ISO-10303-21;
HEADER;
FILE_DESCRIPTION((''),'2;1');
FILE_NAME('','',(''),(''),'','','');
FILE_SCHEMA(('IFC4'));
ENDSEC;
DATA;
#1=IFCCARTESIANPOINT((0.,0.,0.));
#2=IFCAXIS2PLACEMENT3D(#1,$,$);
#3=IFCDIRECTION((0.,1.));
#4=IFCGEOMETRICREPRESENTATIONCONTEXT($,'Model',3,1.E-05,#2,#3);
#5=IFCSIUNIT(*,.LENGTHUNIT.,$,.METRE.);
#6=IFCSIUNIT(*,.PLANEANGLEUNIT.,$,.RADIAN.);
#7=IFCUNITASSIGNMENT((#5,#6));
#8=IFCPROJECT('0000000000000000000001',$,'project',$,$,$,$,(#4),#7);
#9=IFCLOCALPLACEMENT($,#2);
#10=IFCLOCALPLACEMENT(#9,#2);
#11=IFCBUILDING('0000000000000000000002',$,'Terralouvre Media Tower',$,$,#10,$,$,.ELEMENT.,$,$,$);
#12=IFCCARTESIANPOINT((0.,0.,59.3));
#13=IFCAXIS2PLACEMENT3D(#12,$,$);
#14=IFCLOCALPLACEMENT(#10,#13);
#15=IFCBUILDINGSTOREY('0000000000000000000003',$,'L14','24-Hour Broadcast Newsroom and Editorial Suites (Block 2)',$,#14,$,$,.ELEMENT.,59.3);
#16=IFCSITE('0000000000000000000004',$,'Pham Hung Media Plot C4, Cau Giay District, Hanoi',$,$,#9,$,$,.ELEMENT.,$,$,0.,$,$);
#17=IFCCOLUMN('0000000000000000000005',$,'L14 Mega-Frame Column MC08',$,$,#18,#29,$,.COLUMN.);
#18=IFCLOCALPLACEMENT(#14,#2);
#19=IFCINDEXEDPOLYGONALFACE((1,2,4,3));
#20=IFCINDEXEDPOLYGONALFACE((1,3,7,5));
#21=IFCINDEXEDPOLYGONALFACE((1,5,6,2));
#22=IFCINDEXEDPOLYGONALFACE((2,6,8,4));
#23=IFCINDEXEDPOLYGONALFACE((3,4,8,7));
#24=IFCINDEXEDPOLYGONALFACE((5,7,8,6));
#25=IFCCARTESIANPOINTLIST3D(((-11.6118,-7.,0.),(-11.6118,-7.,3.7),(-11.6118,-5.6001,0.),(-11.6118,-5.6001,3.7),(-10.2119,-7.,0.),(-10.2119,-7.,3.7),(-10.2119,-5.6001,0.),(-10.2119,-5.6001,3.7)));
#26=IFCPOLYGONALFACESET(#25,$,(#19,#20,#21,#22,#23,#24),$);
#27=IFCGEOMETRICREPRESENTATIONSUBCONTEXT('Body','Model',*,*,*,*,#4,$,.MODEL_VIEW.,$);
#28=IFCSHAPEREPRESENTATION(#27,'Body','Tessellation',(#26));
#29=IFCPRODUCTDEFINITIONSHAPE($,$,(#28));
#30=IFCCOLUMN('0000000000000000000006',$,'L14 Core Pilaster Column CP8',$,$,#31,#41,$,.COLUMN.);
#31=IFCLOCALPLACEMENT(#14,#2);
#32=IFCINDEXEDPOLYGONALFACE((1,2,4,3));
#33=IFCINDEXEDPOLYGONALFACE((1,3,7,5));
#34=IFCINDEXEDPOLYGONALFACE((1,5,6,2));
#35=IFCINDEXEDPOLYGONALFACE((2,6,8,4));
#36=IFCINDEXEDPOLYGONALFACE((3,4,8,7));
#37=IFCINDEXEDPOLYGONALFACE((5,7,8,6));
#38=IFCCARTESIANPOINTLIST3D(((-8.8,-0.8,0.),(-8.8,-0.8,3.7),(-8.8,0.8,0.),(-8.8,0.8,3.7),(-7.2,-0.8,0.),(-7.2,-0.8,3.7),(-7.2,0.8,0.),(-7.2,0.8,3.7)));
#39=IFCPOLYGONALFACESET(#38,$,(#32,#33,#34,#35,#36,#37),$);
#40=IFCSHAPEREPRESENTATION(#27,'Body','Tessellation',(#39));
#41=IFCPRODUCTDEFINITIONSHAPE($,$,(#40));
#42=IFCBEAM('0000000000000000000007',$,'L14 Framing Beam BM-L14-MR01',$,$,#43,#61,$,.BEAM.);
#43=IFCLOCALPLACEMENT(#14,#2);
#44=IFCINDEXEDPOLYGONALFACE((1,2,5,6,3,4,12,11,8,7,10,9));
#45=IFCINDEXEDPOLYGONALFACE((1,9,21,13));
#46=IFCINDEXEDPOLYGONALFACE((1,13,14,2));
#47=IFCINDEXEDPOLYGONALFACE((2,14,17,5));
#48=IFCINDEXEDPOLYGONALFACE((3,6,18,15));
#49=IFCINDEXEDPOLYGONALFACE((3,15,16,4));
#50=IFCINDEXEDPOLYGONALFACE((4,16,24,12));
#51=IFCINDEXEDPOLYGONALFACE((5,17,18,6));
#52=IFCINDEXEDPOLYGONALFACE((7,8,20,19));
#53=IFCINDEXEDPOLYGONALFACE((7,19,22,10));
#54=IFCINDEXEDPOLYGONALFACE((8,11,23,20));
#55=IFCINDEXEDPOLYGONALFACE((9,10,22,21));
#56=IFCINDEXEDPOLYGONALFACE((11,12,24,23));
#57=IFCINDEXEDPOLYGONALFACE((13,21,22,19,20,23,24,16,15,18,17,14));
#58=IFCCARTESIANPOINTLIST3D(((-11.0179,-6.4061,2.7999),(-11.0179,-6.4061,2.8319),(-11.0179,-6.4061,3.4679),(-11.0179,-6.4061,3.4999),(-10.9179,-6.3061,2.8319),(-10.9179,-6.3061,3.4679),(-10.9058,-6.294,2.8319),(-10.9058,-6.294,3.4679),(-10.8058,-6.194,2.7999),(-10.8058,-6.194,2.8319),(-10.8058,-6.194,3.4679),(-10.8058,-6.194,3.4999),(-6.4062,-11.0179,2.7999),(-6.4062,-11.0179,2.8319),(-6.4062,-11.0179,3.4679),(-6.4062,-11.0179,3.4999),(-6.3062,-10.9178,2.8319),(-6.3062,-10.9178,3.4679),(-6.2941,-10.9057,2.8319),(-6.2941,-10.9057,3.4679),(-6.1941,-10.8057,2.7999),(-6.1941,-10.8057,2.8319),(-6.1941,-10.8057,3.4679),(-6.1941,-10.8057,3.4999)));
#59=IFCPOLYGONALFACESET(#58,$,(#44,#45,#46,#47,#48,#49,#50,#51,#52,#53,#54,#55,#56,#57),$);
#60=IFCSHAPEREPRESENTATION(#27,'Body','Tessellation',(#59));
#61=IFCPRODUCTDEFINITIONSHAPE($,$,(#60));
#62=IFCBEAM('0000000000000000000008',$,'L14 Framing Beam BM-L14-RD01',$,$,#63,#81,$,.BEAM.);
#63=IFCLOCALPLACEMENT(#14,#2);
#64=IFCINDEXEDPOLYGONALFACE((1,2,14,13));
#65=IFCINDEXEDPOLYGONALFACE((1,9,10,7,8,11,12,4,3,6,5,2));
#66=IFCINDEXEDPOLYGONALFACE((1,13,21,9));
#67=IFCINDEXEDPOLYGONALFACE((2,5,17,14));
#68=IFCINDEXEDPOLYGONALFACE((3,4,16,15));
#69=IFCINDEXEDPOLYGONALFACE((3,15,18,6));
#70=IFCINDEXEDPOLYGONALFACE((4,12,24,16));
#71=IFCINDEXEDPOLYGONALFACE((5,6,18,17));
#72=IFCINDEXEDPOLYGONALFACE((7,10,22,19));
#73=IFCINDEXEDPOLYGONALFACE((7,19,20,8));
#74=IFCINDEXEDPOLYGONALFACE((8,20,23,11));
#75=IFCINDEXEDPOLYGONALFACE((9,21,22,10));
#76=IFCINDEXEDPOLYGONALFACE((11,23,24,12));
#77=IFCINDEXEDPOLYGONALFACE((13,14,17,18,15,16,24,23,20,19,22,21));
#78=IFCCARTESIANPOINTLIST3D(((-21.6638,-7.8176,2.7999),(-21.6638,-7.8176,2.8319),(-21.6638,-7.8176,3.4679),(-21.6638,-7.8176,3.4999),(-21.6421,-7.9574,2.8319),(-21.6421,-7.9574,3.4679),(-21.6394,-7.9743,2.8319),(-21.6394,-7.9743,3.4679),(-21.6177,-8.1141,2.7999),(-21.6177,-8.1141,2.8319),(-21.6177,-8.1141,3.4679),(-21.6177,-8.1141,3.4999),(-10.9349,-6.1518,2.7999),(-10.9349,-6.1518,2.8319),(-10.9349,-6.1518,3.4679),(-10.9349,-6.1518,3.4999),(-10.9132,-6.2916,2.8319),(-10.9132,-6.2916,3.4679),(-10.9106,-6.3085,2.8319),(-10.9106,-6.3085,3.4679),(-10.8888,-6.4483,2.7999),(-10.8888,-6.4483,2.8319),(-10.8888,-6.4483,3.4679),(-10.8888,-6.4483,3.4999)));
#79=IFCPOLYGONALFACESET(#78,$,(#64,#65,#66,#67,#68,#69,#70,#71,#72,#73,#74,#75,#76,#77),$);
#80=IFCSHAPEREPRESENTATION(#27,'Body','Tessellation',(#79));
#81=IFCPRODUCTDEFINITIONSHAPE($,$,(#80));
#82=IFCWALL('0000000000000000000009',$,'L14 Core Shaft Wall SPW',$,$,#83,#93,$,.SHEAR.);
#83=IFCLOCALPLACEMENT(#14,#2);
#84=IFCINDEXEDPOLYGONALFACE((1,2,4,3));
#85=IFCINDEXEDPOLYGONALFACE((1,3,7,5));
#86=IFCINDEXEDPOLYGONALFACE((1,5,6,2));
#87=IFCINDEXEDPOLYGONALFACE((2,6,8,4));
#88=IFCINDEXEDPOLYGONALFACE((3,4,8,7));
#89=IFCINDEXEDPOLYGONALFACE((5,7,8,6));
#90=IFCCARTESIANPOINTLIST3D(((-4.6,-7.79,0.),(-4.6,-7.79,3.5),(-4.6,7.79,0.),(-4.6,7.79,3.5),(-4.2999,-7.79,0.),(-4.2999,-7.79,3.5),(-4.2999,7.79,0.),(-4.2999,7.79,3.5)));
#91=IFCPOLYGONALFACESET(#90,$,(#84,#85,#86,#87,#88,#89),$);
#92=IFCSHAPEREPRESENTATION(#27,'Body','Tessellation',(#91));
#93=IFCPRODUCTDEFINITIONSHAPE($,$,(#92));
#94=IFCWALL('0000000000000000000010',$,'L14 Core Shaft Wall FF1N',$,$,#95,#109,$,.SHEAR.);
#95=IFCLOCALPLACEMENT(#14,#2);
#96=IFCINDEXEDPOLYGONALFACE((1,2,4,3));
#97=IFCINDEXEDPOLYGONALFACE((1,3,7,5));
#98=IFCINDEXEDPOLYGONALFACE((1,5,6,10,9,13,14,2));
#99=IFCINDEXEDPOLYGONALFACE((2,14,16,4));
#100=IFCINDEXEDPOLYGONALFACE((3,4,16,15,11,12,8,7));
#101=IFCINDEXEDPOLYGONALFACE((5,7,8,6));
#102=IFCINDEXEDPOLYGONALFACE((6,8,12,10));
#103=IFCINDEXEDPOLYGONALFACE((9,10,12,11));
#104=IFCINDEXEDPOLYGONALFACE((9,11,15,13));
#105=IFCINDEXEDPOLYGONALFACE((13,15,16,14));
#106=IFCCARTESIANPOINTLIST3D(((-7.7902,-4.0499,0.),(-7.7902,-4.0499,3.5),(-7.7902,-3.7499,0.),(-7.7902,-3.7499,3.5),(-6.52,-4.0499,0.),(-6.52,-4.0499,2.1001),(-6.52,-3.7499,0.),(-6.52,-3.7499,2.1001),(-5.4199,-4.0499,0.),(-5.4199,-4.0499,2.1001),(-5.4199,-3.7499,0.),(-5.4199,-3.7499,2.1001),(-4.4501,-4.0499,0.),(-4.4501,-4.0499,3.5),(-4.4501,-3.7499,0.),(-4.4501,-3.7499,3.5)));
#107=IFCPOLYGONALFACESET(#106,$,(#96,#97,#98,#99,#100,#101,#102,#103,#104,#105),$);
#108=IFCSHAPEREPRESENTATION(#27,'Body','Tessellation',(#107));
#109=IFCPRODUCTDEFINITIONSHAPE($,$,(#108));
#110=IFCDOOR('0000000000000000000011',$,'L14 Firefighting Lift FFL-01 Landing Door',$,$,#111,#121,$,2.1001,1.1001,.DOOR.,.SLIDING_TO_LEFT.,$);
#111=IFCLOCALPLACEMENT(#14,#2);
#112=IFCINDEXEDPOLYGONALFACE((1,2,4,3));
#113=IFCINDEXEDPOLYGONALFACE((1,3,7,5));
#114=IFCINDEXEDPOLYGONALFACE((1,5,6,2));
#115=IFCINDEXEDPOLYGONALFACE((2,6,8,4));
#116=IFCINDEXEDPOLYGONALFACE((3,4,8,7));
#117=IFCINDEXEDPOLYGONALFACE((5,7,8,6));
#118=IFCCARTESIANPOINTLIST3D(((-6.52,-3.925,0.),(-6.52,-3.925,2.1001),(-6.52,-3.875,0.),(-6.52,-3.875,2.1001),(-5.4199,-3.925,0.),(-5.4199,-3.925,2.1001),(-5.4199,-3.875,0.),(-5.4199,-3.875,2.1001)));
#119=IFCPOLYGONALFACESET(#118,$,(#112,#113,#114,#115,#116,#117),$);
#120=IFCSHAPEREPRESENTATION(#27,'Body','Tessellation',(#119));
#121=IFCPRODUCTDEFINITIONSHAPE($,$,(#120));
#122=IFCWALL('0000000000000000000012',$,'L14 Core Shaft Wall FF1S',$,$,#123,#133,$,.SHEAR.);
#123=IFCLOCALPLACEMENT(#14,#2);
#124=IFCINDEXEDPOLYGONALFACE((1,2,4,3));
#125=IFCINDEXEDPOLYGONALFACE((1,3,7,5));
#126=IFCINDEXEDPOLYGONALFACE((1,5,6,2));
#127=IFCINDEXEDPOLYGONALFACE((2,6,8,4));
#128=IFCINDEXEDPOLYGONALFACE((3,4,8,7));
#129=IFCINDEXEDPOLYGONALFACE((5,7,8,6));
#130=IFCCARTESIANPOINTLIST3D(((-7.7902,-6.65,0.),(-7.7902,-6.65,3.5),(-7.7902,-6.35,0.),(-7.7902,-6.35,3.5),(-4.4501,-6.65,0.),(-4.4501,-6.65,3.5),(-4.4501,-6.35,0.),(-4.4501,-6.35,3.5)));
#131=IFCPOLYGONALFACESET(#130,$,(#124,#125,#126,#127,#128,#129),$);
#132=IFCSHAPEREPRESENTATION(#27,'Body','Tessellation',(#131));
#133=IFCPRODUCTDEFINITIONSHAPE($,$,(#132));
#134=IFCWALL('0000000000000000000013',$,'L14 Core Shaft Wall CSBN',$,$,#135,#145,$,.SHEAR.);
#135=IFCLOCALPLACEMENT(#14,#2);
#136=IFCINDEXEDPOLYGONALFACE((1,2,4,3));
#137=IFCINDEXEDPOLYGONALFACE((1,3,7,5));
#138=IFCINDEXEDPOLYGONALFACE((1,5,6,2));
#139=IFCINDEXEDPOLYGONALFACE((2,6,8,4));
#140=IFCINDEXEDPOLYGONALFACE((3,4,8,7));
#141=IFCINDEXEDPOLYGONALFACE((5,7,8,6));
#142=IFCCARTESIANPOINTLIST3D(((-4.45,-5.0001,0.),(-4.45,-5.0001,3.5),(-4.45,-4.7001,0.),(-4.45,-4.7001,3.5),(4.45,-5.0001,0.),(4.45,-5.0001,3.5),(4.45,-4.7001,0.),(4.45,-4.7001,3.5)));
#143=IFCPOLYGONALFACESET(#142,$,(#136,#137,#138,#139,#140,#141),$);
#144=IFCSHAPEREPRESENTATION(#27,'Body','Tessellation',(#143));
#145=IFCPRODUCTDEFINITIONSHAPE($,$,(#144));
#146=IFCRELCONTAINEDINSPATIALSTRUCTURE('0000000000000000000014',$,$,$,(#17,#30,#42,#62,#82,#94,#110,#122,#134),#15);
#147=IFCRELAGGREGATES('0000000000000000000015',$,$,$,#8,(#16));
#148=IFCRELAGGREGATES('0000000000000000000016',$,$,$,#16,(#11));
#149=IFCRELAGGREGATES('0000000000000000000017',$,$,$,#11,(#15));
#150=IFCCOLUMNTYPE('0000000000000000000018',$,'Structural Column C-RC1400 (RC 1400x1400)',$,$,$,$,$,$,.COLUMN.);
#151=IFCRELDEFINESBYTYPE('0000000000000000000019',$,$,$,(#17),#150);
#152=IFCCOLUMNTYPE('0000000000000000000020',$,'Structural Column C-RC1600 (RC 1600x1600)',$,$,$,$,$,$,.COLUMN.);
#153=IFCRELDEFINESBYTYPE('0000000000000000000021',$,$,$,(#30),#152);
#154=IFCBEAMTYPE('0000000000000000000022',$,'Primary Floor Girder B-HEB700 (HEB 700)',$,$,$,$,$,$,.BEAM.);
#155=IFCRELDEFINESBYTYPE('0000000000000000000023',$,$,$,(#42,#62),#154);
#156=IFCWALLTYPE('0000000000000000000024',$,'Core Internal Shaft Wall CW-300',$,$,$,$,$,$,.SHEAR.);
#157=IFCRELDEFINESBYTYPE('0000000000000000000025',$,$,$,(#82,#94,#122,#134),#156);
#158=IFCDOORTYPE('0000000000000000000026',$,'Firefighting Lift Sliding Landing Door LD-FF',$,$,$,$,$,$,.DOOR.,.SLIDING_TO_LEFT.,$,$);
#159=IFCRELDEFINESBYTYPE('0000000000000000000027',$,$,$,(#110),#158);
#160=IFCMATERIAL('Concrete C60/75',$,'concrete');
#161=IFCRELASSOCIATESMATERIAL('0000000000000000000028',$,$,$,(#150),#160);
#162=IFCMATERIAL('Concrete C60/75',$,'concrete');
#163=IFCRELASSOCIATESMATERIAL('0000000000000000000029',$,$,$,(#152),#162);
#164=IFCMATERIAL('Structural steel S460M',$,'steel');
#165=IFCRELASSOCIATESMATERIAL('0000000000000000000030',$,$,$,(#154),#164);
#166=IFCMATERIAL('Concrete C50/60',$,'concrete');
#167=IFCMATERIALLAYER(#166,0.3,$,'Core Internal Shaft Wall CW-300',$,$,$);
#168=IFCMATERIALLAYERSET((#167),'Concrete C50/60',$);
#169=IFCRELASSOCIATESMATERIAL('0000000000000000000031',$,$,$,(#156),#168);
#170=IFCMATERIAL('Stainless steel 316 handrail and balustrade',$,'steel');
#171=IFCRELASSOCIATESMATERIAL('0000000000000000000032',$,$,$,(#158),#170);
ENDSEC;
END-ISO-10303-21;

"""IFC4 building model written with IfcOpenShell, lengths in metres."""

from ifc_helpers import new_model, si_unit, direction, frame, frame_2d, origin, origin_2d, place, context, subcontext, project, spatial, rectangle, i_section, extrude, material, layer, layer_set, material_profile, profile_set, type_object, element, fill, save


model = new_model("IFC4")

# Units and contexts
model_context = context("Model", 3, precision=1e-05, world=origin(), true_north=direction((0.0, 1.0)))
body_context = subcontext(model_context, "Body", "Model", "MODEL_VIEW")
ifc_project = project(units=[si_unit("LENGTHUNIT", "METRE"), si_unit("PLANEANGLEUNIT", "RADIAN")], contexts=[model_context])

# Site, building, storey
site_placement = place(None, origin())
site = spatial("IfcSite", under=ifc_project, at=site_placement, Name="Pham Hung Media Plot C4, Cau Giay District, Hanoi", CompositionType="ELEMENT", RefElevation=0.0)
building_placement = place(site_placement, origin())
building = spatial("IfcBuilding", under=site, at=building_placement, Name="Terralouvre Media Tower", CompositionType="ELEMENT")
storey_placement = place(building_placement, frame((0.0, 0.0, 59.3)))
storey = spatial("IfcBuildingStorey", under=building, at=storey_placement, Name="L14", Description="24-Hour Broadcast Newsroom and Editorial Suites (Block 2)", CompositionType="ELEMENT", Elevation=59.3)

# Columns
ifc_material_1 = material(Name="Concrete C60/75", Category="concrete")
ifc_material_profile_1 = material_profile(ifc_material_1, rectangle(XDim=1.3999, YDim=1.3999, at=origin_2d()), Name="RC 1400x1400")
ifc_profile_set_1 = profile_set([ifc_material_profile_1], Name="Concrete C60/75")
column_type_1 = type_object("IfcColumnType", Name="Structural Column C-RC1400 (RC 1400x1400)", PredefinedType="COLUMN", material=ifc_profile_set_1)
column_1_placement = place(storey_placement, frame((-10.9119, -6.3, 0.0), z_axis=(0.0, 0.0, 1.0), x_axis=(1.0, 0.0, 0.0)))
element("IfcColumn", 1, at=column_1_placement, inside=storey, type_object=column_type_1, Name="L14 Mega-Frame Column MC08", PredefinedType="COLUMN", context=body_context, shape_type="SweptSolid", body=[
    extrude(rectangle(XDim=1.3999, YDim=1.3999, at=origin_2d()), origin(), (0.0, 0.0, 1.0), 3.7),
])
ifc_material_2 = material(Name="Concrete C60/75", Category="concrete")
ifc_material_profile_2 = material_profile(ifc_material_2, rectangle(XDim=1.6001, YDim=1.6001, at=origin_2d()), Name="RC 1600x1600")
ifc_profile_set_2 = profile_set([ifc_material_profile_2], Name="Concrete C60/75")
column_type_2 = type_object("IfcColumnType", Name="Structural Column C-RC1600 (RC 1600x1600)", PredefinedType="COLUMN", material=ifc_profile_set_2)
column_2_placement = place(storey_placement, frame((-8.0, 0.0, 0.0), z_axis=(0.0, 0.0, 1.0), x_axis=(1.0, 0.0, 0.0)))
element("IfcColumn", 2, at=column_2_placement, inside=storey, type_object=column_type_2, Name="L14 Core Pilaster Column CP8", PredefinedType="COLUMN", context=body_context, shape_type="SweptSolid", body=[
    extrude(rectangle(XDim=1.6001, YDim=1.6001, at=origin_2d()), origin(), (0.0, 0.0, 1.0), 3.7),
])

# Beams
ifc_material_3 = material(Name="Structural steel S460M", Category="steel")
ifc_material_profile_3 = material_profile(ifc_material_3, i_section(OverallWidth=0.3, OverallDepth=0.7, WebThickness=0.0171, FlangeThickness=0.032, at=origin_2d()), Name="HEB 700")
ifc_profile_set_3 = profile_set([ifc_material_profile_3], Name="Structural steel S460M")
beam_type = type_object("IfcBeamType", Name="Primary Floor Girder B-HEB700 (HEB 700)", PredefinedType="BEAM", material=ifc_profile_set_3)
beam_1_placement = place(storey_placement, frame((-10.9119, -6.3, 3.1499), z_axis=(0.707107, -0.707107, 0.0), x_axis=(0.707107, 0.707107, 0.0)))
element("IfcBeam", 3, at=beam_1_placement, inside=storey, type_object=beam_type, Name="L14 Framing Beam BM-L14-MR01", PredefinedType="BEAM", context=body_context, shape_type="SweptSolid", body=[
    extrude(i_section(OverallWidth=0.3, OverallDepth=0.7, WebThickness=0.0171, FlangeThickness=0.032, at=origin_2d()), origin(), (0.0, 0.0, 1.0), 6.522),
])
beam_2_placement = place(storey_placement, frame((-10.9119, -6.3, 3.1499), z_axis=(-0.98816, -0.153424, 0.0), x_axis=(0.153424, -0.98816, 0.0)))
element("IfcBeam", 4, at=beam_2_placement, inside=storey, type_object=beam_type, Name="L14 Framing Beam BM-L14-RD01", PredefinedType="BEAM", context=body_context, shape_type="SweptSolid", body=[
    extrude(i_section(OverallWidth=0.3, OverallDepth=0.7, WebThickness=0.0171, FlangeThickness=0.032, at=origin_2d()), origin(), (0.0, 0.0, 1.0), 10.8574),
])

# Wall
ifc_material_4 = material(Name="Concrete C50/60", Category="concrete")
ifc_layer_1 = layer(ifc_material_4, 0.3, Name="Core Internal Shaft Wall CW-300")
ifc_layer_set_1 = layer_set([ifc_layer_1], Name="Concrete C50/60")
wall_type_1 = type_object("IfcWallType", Name="Core Internal Shaft Wall CW-300", PredefinedType="SHEAR", material=ifc_layer_set_1)
wall_1_placement = place(storey_placement, frame((-4.45, -7.79, 0.0), z_axis=(0.0, 0.0, 1.0), x_axis=(0.0, 1.0, 0.0)))
element("IfcWall", 5, at=wall_1_placement, inside=storey, type_object=wall_type_1, Name="L14 Core Shaft Wall SPW", PredefinedType="SHEAR", context=body_context, shape_type="SweptSolid", body=[
    extrude(rectangle(XDim=15.5801, YDim=0.3, at=frame_2d((7.79, 0.0))), origin(), (0.0, 0.0, 1.0), 3.5),
])

# Wall, opening, door
wall_2_placement = place(storey_placement, frame((-7.79, -3.8999, 0.0), z_axis=(0.0, 0.0, 1.0), x_axis=(1.0, 0.0, 0.0)))
wall_2 = element("IfcWall", 6, at=wall_2_placement, inside=storey, type_object=wall_type_1, Name="L14 Core Shaft Wall FF1N", PredefinedType="SHEAR", context=body_context, shape_type="SweptSolid", body=[
    extrude(rectangle(XDim=3.3401, YDim=0.3, at=frame_2d((1.6699, 0.0))), origin(), (0.0, 0.0, 1.0), 3.5),
])
opening_1_placement = place(wall_2_placement, frame((1.27, 0.0, 0.0)))
opening_1 = element("IfcOpeningElement", 7, at=opening_1_placement, cuts=wall_2, PredefinedType="OPENING", context=body_context, shape_type="SweptSolid", body=[
    extrude(rectangle(XDim=1.1001, YDim=2.1001, at=frame_2d((0.55, 1.05))), frame((0.0, 0.1599, 0.0), z_axis=(0.0, -1.0, 0.0), x_axis=(1.0, 0.0, 0.0)), (0.0, 0.0, 1.0), 0.3201),
])
ifc_material_5 = material(Name="Stainless steel 316 handrail and balustrade", Category="steel")
door_type_1 = type_object("IfcDoorType", Name="Firefighting Lift Sliding Landing Door LD-FF", OperationType="SLIDING_TO_LEFT", PredefinedType="DOOR", material=ifc_material_5)
door_1_placement = place(opening_1_placement, origin())
door_1 = element("IfcDoor", 8, at=door_1_placement, inside=storey, type_object=door_type_1, Name="L14 Firefighting Lift FFL-01 Landing Door", OperationType="SLIDING_TO_LEFT", OverallHeight=2.1001, OverallWidth=1.1001, PredefinedType="DOOR", context=body_context, shape_type="SweptSolid", body=[
    extrude(rectangle(XDim=1.1001, YDim=2.1001, at=frame_2d((0.55, 1.05))), frame((0.0, 0.0249, 0.0), z_axis=(0.0, -1.0, 0.0), x_axis=(1.0, 0.0, 0.0)), (0.0, 0.0, 1.0), 0.05),
])
fill(opening_1, door_1)

# Walls
wall_3_placement = place(storey_placement, frame((-7.79, -6.5, 0.0), z_axis=(0.0, 0.0, 1.0), x_axis=(1.0, 0.0, 0.0)))
element("IfcWall", 9, at=wall_3_placement, inside=storey, type_object=wall_type_1, Name="L14 Core Shaft Wall FF1S", PredefinedType="SHEAR", context=body_context, shape_type="SweptSolid", body=[
    extrude(rectangle(XDim=3.3401, YDim=0.3, at=frame_2d((1.6699, 0.0))), origin(), (0.0, 0.0, 1.0), 3.5),
])
wall_4_placement = place(storey_placement, frame((-4.45, -4.8501, 0.0), z_axis=(0.0, 0.0, 1.0), x_axis=(1.0, 0.0, 0.0)))
element("IfcWall", 10, at=wall_4_placement, inside=storey, type_object=wall_type_1, Name="L14 Core Shaft Wall CSBN", PredefinedType="SHEAR", context=body_context, shape_type="SweptSolid", body=[
    extrude(rectangle(XDim=8.8999, YDim=0.3, at=frame_2d((4.45, 0.0))), origin(), (0.0, 0.0, 1.0), 3.5),
])

save(model, "model.ifc")
